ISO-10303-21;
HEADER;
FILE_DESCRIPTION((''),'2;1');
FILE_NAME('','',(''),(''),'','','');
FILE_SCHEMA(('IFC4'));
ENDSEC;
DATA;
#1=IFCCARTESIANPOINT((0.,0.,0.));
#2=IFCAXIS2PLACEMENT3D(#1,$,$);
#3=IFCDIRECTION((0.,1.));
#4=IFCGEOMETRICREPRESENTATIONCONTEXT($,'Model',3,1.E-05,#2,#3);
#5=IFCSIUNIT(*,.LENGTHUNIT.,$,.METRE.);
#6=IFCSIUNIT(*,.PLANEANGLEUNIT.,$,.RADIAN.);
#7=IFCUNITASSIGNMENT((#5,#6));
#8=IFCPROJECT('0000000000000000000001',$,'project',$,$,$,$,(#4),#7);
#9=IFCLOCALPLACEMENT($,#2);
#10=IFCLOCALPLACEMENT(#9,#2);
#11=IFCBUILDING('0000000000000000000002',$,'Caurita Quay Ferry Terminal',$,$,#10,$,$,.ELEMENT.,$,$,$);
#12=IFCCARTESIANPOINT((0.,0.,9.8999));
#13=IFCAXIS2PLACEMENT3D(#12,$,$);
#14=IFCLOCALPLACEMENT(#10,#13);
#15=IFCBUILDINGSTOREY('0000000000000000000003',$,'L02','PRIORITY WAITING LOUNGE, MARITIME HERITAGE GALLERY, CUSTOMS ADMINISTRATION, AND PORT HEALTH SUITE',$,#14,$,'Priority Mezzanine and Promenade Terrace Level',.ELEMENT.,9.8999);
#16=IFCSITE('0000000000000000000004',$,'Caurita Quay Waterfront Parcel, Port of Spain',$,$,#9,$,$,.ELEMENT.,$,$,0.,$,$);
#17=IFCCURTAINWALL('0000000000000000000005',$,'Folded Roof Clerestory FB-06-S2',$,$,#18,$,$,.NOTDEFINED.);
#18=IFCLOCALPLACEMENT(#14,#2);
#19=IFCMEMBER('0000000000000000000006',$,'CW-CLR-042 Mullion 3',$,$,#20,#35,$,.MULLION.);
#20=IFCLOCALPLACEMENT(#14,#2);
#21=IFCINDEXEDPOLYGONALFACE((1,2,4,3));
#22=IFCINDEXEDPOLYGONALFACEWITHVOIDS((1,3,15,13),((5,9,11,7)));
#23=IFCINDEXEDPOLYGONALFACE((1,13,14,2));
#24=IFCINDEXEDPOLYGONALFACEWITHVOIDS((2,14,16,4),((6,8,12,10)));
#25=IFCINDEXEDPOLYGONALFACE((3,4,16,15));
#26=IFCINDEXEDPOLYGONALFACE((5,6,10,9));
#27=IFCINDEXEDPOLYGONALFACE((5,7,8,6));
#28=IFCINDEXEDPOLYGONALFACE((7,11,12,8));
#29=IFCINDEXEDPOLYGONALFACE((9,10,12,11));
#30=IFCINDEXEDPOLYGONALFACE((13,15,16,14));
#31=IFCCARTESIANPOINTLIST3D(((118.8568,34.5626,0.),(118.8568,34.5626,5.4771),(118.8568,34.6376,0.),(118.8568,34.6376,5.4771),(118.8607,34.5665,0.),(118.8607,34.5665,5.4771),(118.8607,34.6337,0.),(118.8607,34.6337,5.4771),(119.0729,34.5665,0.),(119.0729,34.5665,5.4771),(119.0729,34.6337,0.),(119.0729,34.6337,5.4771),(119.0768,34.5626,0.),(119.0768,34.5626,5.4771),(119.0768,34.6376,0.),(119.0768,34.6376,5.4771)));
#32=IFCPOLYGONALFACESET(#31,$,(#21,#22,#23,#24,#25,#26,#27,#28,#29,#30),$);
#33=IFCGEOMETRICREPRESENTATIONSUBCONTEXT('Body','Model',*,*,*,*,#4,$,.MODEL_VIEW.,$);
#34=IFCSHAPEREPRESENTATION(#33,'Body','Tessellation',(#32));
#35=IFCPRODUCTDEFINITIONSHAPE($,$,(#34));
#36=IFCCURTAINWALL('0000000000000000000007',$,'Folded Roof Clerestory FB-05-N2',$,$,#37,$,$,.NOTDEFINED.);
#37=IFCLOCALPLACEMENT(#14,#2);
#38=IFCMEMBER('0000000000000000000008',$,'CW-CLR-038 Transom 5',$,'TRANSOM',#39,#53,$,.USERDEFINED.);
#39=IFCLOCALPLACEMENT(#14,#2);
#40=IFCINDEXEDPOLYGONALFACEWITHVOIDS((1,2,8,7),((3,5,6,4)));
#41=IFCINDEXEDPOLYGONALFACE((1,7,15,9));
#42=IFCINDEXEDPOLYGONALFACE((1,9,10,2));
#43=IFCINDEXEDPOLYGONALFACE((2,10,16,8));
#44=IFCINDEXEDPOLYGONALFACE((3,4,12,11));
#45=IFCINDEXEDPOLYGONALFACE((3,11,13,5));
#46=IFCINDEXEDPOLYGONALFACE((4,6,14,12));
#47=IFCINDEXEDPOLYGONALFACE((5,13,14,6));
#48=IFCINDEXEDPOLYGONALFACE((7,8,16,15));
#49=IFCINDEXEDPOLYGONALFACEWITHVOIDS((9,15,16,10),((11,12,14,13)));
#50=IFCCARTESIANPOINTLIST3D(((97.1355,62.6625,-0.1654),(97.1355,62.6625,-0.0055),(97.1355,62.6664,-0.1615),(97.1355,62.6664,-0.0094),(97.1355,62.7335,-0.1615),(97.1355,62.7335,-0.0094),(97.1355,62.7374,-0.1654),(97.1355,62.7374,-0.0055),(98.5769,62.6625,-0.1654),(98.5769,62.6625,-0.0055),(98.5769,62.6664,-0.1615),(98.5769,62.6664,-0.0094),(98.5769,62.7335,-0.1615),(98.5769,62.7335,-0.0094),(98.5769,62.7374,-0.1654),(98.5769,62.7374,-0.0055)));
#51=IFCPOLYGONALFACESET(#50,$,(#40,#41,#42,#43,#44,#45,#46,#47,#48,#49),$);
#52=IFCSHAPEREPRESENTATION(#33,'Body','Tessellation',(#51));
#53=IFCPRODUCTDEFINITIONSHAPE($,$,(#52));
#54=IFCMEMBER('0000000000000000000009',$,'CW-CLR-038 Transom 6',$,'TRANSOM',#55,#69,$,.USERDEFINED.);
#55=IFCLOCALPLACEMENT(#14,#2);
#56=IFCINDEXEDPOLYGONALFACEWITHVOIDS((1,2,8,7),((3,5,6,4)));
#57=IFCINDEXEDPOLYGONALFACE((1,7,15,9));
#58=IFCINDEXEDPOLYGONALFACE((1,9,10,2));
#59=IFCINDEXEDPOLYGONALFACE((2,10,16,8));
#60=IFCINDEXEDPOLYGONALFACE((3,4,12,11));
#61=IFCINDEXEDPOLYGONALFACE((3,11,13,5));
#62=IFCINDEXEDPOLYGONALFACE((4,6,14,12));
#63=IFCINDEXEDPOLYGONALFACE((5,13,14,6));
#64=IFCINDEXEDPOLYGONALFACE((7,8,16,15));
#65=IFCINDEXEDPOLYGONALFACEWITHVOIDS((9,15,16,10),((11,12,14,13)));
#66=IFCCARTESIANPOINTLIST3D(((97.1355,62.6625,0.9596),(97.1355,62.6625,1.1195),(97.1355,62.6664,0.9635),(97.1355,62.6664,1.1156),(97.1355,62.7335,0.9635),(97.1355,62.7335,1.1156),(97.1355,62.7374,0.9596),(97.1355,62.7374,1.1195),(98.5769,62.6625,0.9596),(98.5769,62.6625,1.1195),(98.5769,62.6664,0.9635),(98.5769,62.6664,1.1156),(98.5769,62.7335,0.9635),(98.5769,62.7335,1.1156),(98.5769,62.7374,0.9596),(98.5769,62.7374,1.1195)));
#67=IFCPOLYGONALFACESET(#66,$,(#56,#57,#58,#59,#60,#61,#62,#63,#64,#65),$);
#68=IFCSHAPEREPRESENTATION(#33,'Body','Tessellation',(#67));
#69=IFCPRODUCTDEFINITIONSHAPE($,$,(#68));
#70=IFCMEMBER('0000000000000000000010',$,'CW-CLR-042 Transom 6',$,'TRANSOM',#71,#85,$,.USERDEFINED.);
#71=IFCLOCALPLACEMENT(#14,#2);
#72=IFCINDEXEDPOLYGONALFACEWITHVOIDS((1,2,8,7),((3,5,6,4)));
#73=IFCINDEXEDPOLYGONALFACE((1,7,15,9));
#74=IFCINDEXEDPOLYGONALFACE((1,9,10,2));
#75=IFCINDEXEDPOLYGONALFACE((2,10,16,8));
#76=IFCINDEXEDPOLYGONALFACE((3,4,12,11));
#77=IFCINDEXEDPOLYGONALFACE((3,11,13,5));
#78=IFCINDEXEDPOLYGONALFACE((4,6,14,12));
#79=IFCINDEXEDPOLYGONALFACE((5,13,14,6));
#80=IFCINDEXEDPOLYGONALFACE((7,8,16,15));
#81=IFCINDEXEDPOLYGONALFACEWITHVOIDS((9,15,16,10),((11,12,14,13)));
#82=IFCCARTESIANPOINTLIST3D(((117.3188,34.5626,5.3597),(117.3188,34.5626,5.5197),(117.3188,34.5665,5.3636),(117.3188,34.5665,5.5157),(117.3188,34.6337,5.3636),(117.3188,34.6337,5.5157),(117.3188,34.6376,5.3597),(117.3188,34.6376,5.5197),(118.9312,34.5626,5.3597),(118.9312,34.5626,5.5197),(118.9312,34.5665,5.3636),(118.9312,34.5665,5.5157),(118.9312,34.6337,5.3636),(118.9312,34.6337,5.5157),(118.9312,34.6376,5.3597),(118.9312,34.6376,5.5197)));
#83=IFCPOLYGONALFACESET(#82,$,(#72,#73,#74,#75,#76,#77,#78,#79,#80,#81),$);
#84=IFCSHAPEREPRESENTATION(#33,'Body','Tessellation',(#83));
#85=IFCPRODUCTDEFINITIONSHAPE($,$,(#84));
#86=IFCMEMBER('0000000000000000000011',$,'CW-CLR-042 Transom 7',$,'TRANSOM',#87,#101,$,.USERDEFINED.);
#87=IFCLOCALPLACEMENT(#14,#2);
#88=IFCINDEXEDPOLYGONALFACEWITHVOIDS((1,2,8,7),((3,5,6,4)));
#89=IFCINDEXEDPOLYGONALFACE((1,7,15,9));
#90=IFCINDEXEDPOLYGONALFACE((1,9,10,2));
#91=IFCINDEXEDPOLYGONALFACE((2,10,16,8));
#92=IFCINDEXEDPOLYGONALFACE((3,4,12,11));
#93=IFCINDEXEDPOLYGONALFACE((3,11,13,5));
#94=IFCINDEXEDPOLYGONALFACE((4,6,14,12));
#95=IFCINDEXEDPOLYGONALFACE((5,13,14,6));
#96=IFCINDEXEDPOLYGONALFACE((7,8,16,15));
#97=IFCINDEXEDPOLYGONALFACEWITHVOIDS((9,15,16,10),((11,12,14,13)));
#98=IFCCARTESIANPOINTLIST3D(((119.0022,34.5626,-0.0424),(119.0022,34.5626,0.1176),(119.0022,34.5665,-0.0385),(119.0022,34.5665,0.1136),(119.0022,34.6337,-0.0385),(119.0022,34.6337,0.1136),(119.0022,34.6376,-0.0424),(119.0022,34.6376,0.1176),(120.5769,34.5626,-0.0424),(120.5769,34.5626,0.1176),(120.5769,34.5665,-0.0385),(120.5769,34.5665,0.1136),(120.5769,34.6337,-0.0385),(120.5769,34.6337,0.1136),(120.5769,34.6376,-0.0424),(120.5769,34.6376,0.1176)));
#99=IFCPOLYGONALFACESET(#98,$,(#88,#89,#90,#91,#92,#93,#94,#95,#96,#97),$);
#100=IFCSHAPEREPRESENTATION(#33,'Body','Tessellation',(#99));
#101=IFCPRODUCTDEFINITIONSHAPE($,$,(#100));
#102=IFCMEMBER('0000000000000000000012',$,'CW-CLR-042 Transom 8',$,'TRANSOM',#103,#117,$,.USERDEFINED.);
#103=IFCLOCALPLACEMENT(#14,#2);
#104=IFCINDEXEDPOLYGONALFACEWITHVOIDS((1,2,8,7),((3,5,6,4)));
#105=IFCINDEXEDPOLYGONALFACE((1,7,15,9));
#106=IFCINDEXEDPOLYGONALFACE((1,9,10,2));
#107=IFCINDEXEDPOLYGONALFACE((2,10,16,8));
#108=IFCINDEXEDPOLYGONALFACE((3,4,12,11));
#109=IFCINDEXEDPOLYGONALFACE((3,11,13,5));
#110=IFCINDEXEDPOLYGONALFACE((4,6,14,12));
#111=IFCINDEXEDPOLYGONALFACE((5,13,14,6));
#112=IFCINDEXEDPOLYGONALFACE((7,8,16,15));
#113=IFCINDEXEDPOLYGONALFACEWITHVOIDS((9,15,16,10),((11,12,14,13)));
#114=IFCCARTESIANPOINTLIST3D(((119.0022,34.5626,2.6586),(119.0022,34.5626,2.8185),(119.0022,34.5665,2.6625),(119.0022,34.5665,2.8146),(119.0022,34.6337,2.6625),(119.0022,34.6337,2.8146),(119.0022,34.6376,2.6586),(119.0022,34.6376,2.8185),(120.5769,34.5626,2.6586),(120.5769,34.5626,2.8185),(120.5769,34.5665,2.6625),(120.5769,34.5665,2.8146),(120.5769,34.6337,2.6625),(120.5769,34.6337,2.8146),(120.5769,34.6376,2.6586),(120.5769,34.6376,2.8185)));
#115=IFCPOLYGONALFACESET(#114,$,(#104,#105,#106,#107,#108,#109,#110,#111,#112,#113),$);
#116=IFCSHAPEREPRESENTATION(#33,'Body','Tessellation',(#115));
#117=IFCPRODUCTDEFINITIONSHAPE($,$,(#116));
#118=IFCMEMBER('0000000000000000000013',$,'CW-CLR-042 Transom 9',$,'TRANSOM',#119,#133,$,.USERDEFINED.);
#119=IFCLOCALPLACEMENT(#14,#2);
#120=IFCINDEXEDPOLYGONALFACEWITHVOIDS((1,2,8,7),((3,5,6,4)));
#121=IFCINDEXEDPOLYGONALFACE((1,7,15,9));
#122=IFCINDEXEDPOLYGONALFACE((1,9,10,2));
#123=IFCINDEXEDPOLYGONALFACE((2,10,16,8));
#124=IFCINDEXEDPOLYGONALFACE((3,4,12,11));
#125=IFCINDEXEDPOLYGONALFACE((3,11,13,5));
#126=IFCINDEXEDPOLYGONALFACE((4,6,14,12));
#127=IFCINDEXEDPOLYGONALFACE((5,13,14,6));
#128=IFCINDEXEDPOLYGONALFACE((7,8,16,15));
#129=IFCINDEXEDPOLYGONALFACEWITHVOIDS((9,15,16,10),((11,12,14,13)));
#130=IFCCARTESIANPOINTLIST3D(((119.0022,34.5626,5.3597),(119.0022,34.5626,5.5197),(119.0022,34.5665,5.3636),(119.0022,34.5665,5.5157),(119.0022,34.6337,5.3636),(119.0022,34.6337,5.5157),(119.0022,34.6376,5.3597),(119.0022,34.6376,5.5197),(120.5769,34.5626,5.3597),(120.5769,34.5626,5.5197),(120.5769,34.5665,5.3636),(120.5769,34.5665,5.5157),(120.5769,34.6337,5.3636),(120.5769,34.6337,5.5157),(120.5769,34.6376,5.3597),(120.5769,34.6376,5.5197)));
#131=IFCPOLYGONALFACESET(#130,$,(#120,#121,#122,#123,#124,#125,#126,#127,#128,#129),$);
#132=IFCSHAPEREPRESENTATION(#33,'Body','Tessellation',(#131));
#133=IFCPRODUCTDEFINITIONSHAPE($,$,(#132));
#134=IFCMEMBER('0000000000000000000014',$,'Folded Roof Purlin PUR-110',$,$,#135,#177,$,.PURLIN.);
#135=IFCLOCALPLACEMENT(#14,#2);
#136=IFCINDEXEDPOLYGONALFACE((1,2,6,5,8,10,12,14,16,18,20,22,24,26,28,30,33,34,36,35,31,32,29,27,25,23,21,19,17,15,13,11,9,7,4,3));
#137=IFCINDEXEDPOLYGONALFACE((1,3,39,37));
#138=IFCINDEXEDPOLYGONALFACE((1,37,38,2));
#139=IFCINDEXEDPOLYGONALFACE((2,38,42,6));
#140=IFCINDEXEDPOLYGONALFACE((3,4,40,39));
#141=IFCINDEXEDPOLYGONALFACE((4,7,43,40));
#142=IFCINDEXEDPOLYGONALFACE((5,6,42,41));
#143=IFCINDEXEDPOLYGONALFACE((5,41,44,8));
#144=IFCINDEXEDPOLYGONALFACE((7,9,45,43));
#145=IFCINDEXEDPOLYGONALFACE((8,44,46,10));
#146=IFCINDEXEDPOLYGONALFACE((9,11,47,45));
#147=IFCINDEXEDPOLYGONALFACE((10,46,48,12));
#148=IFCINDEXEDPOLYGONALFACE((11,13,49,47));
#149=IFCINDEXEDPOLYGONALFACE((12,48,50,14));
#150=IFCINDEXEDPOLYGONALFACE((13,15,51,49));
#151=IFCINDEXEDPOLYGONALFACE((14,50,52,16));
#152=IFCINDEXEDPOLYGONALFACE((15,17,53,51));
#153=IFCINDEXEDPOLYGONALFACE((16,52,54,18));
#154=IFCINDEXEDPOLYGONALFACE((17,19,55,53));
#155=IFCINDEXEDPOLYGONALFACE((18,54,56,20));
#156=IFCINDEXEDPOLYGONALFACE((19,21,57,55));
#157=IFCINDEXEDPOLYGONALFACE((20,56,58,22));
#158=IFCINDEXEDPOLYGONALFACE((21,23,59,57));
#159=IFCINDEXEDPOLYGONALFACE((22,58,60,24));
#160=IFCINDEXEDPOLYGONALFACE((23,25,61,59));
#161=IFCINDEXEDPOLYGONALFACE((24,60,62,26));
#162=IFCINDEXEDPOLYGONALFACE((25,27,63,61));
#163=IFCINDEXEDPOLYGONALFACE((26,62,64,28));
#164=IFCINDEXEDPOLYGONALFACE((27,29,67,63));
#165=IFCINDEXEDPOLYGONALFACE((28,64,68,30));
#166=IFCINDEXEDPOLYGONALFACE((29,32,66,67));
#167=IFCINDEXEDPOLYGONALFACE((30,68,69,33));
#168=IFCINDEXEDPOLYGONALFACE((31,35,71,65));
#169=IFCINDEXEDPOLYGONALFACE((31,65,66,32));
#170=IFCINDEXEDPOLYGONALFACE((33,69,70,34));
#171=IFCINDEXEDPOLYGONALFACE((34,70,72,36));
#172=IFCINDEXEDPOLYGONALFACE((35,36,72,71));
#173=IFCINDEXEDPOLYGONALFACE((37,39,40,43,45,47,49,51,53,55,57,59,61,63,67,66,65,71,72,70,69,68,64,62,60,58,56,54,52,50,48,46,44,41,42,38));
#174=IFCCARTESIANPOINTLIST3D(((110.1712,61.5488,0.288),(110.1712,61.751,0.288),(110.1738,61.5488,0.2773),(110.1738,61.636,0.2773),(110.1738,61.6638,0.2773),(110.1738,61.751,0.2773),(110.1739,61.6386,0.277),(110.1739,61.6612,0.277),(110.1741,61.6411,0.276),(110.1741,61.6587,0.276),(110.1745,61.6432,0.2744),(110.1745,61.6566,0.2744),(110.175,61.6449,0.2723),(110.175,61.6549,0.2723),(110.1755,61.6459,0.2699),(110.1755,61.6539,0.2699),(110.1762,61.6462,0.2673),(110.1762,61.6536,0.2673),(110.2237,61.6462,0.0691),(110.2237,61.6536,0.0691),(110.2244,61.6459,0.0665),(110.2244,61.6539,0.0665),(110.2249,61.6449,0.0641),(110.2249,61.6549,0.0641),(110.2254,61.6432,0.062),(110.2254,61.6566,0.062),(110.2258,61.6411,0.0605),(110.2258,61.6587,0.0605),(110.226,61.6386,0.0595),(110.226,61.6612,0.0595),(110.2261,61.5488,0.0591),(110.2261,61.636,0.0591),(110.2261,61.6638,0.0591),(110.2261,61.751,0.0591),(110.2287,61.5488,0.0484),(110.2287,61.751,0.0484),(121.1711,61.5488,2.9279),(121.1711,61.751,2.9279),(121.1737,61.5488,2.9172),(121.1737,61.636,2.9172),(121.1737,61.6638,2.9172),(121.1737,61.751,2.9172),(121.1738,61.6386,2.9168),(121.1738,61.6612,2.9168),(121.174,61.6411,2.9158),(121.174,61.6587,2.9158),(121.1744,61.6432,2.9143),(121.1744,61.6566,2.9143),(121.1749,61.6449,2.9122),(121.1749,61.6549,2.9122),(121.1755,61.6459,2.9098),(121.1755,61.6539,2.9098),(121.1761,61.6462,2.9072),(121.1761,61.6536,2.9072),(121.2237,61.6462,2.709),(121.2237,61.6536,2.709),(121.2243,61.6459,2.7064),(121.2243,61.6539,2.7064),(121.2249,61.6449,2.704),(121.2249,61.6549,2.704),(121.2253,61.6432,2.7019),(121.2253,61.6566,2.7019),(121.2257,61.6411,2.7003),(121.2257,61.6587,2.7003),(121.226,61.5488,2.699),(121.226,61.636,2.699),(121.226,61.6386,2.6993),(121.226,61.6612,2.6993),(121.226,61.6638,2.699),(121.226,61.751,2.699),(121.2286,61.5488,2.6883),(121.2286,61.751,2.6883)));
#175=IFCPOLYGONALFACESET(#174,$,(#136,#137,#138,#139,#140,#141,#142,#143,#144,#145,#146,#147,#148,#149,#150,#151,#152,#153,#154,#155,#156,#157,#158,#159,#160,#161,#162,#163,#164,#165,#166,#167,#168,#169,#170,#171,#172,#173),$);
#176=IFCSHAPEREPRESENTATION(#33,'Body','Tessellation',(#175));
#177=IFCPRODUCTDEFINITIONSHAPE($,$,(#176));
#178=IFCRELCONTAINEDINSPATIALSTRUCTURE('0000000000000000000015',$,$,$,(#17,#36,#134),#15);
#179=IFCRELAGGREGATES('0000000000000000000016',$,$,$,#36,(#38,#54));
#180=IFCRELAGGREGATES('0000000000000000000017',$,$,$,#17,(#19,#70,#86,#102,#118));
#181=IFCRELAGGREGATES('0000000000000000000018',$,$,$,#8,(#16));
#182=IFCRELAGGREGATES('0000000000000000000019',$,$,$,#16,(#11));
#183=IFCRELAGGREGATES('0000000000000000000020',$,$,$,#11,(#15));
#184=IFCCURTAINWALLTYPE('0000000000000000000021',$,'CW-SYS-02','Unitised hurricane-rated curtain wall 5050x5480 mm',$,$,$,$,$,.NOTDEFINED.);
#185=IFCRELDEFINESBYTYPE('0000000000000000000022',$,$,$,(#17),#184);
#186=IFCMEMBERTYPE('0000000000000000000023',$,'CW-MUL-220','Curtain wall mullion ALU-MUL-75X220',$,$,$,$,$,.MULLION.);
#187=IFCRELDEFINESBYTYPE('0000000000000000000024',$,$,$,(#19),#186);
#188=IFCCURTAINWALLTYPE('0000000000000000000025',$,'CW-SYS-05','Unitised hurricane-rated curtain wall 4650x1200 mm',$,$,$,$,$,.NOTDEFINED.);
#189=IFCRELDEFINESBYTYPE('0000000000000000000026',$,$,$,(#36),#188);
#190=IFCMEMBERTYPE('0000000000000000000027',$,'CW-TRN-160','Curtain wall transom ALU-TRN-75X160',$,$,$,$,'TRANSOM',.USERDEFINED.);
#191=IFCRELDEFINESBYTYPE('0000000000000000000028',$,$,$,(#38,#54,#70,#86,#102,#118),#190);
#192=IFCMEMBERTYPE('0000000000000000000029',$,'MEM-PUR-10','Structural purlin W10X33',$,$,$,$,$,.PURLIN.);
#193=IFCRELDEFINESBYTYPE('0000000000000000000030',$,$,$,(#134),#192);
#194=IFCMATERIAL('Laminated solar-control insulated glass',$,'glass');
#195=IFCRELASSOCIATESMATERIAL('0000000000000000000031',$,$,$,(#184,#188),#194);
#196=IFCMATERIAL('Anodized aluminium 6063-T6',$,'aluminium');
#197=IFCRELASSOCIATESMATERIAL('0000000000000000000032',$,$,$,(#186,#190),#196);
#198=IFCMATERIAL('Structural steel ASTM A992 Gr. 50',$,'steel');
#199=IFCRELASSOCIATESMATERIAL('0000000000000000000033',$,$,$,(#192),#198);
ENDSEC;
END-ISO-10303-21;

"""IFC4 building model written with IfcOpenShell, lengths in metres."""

from ifc_helpers import new_model, si_unit, direction, frame, origin, origin_2d, place, context, subcontext, project, spatial, hollow_rectangle, i_section, extrude, material, material_profile, profile_set, type_object, element, aggregate, save


model = new_model("IFC4")

# Units and contexts
model_context = context("Model", 3, precision=1e-05, world=origin(), true_north=direction((0.0, 1.0)))
body_context = subcontext(model_context, "Body", "Model", "MODEL_VIEW")
ifc_project = project(units=[si_unit("LENGTHUNIT", "METRE"), si_unit("PLANEANGLEUNIT", "RADIAN")], contexts=[model_context])

# Site, building, storey
site_placement = place(None, origin())
site = spatial("IfcSite", under=ifc_project, at=site_placement, Name="Caurita Quay Waterfront Parcel, Port of Spain", CompositionType="ELEMENT", RefElevation=0.0)
building_placement = place(site_placement, origin())
building = spatial("IfcBuilding", under=site, at=building_placement, Name="Caurita Quay Ferry Terminal", CompositionType="ELEMENT")
storey_placement = place(building_placement, frame((0.0, 0.0, 9.8999)))
storey = spatial("IfcBuildingStorey", under=building, at=storey_placement, Name="L02", Description="PRIORITY WAITING LOUNGE, MARITIME HERITAGE GALLERY, CUSTOMS ADMINISTRATION, AND PORT HEALTH SUITE", LongName="Priority Mezzanine and Promenade Terrace Level", CompositionType="ELEMENT", Elevation=9.8999)

# Curtain wall, member
ifc_material_1 = material(Name="Laminated solar-control insulated glass", Category="glass")
curtain_wall_type_1 = type_object("IfcCurtainWallType", Name="CW-SYS-02", Description="Unitised hurricane-rated curtain wall 5050x5480 mm", PredefinedType="NOTDEFINED", material=ifc_material_1)
curtain_wall_1_placement = place(storey_placement, origin())
curtain_wall_1 = element("IfcCurtainWall", 1, at=curtain_wall_1_placement, inside=storey, type_object=curtain_wall_type_1, Name="Folded Roof Clerestory FB-06-S2", PredefinedType="NOTDEFINED")
ifc_material_2 = material(Name="Anodized aluminium 6063-T6", Category="aluminium")
ifc_material_profile_1 = material_profile(ifc_material_2, hollow_rectangle(XDim=0.075, YDim=0.22, WallThickness=0.0039, at=origin_2d()), Name="ALU-MUL-75X220")
ifc_profile_set_1 = profile_set([ifc_material_profile_1], Name="Anodized aluminium 6063-T6")
member_type_1 = type_object("IfcMemberType", Name="CW-MUL-220", Description="Curtain wall mullion ALU-MUL-75X220", PredefinedType="MULLION", material=ifc_profile_set_1)
member_1_placement = place(storey_placement, frame((118.9668, 34.6001, 0.0), z_axis=(0.0, 0.0, 1.0), x_axis=(0.0, 1.0, 0.0)))
member_1 = element("IfcMember", 2, at=member_1_placement, type_object=member_type_1, Name="CW-CLR-042 Mullion 3", PredefinedType="MULLION", context=body_context, shape_type="SweptSolid", body=[
    extrude(hollow_rectangle(XDim=0.075, YDim=0.22, WallThickness=0.0039, at=origin_2d()), origin(), (0.0, 0.0, 1.0), 5.4771),
])

# Curtain wall, members
curtain_wall_type_2 = type_object("IfcCurtainWallType", Name="CW-SYS-05", Description="Unitised hurricane-rated curtain wall 4650x1200 mm", PredefinedType="NOTDEFINED", material=ifc_material_1)
curtain_wall_2_placement = place(storey_placement, origin())
curtain_wall_2 = element("IfcCurtainWall", 3, at=curtain_wall_2_placement, inside=storey, type_object=curtain_wall_type_2, Name="Folded Roof Clerestory FB-05-N2", PredefinedType="NOTDEFINED")
ifc_material_profile_2 = material_profile(ifc_material_2, hollow_rectangle(XDim=0.075, YDim=0.1599, WallThickness=0.0039, at=origin_2d()), Name="ALU-TRN-75X160")
ifc_profile_set_2 = profile_set([ifc_material_profile_2], Name="Anodized aluminium 6063-T6")
member_type_2 = type_object("IfcMemberType", Name="CW-TRN-160", Description="Curtain wall transom ALU-TRN-75X160", ElementType="TRANSOM", PredefinedType="USERDEFINED", material=ifc_profile_set_2)
member_2_placement = place(storey_placement, frame((97.1355, 62.7, -0.0854), z_axis=(1.0, 0.0, 0.0), x_axis=(0.0, 1.0, 0.0)))
member_2 = element("IfcMember", 4, at=member_2_placement, type_object=member_type_2, Name="CW-CLR-038 Transom 5", ObjectType="TRANSOM", PredefinedType="USERDEFINED", context=body_context, shape_type="SweptSolid", body=[
    extrude(hollow_rectangle(XDim=0.075, YDim=0.1599, WallThickness=0.0039, at=origin_2d()), origin(), (0.0, 0.0, 1.0), 1.4414),
])
member_3_placement = place(storey_placement, frame((97.1355, 62.7, 1.0396), z_axis=(1.0, 0.0, 0.0), x_axis=(0.0, 1.0, 0.0)))
member_3 = element("IfcMember", 5, at=member_3_placement, type_object=member_type_2, Name="CW-CLR-038 Transom 6", ObjectType="TRANSOM", PredefinedType="USERDEFINED", context=body_context, shape_type="SweptSolid", body=[
    extrude(hollow_rectangle(XDim=0.075, YDim=0.1599, WallThickness=0.0039, at=origin_2d()), origin(), (0.0, 0.0, 1.0), 1.4414),
])
aggregate(curtain_wall_2, [member_2, member_3])

# Members
member_4_placement = place(storey_placement, frame((117.3188, 34.6001, 5.4397), z_axis=(1.0, 0.0, 0.0), x_axis=(0.0, 1.0, 0.0)))
member_4 = element("IfcMember", 6, at=member_4_placement, type_object=member_type_2, Name="CW-CLR-042 Transom 6", ObjectType="TRANSOM", PredefinedType="USERDEFINED", context=body_context, shape_type="SweptSolid", body=[
    extrude(hollow_rectangle(XDim=0.075, YDim=0.1599, WallThickness=0.0039, at=origin_2d()), origin(), (0.0, 0.0, 1.0), 1.6123),
])
member_5_placement = place(storey_placement, frame((119.0022, 34.6001, 0.0376), z_axis=(1.0, 0.0, 0.0), x_axis=(0.0, 1.0, 0.0)))
member_5 = element("IfcMember", 7, at=member_5_placement, type_object=member_type_2, Name="CW-CLR-042 Transom 7", ObjectType="TRANSOM", PredefinedType="USERDEFINED", context=body_context, shape_type="SweptSolid", body=[
    extrude(hollow_rectangle(XDim=0.075, YDim=0.1599, WallThickness=0.0039, at=origin_2d()), origin(), (0.0, 0.0, 1.0), 1.5747),
])
member_6_placement = place(storey_placement, frame((119.0022, 34.6001, 2.7385), z_axis=(1.0, 0.0, 0.0), x_axis=(0.0, 1.0, 0.0)))
member_6 = element("IfcMember", 8, at=member_6_placement, type_object=member_type_2, Name="CW-CLR-042 Transom 8", ObjectType="TRANSOM", PredefinedType="USERDEFINED", context=body_context, shape_type="SweptSolid", body=[
    extrude(hollow_rectangle(XDim=0.075, YDim=0.1599, WallThickness=0.0039, at=origin_2d()), origin(), (0.0, 0.0, 1.0), 1.5747),
])
member_7_placement = place(storey_placement, frame((119.0022, 34.6001, 5.4397), z_axis=(1.0, 0.0, 0.0), x_axis=(0.0, 1.0, 0.0)))
member_7 = element("IfcMember", 9, at=member_7_placement, type_object=member_type_2, Name="CW-CLR-042 Transom 9", ObjectType="TRANSOM", PredefinedType="USERDEFINED", context=body_context, shape_type="SweptSolid", body=[
    extrude(hollow_rectangle(XDim=0.075, YDim=0.1599, WallThickness=0.0039, at=origin_2d()), origin(), (0.0, 0.0, 1.0), 1.5747),
])

# Member
ifc_material_3 = material(Name="Structural steel ASTM A992 Gr. 50", Category="steel")
ifc_material_profile_3 = material_profile(ifc_material_3, i_section(OverallWidth=0.2021, OverallDepth=0.2463, WebThickness=0.0073, FlangeThickness=0.011, FilletRadius=0.0103, at=origin_2d()), Name="W10X33")
ifc_profile_set_3 = profile_set([ifc_material_profile_3], Name="Structural steel ASTM A992 Gr. 50")
member_type_3 = type_object("IfcMemberType", Name="MEM-PUR-10", Description="Structural purlin W10X33", PredefinedType="PURLIN", material=ifc_profile_set_3)
member_8_placement = place(storey_placement, frame((110.2, 61.6499, 0.1682), z_axis=(0.972389, 0.0, 0.233364), x_axis=(0.0, 1.0, 0.0)))
element("IfcMember", 10, at=member_8_placement, inside=storey, type_object=member_type_3, Name="Folded Roof Purlin PUR-110", PredefinedType="PURLIN", context=body_context, shape_type="SweptSolid", body=[
    extrude(i_section(OverallWidth=0.2021, OverallDepth=0.2463, WebThickness=0.0073, FlangeThickness=0.011, FilletRadius=0.0103, at=origin_2d()), origin(), (0.0, 0.0, 1.0), 11.3123),
])

aggregate(curtain_wall_1, [member_1, member_4, member_5, member_6, member_7])

save(model, "model.ifc")
